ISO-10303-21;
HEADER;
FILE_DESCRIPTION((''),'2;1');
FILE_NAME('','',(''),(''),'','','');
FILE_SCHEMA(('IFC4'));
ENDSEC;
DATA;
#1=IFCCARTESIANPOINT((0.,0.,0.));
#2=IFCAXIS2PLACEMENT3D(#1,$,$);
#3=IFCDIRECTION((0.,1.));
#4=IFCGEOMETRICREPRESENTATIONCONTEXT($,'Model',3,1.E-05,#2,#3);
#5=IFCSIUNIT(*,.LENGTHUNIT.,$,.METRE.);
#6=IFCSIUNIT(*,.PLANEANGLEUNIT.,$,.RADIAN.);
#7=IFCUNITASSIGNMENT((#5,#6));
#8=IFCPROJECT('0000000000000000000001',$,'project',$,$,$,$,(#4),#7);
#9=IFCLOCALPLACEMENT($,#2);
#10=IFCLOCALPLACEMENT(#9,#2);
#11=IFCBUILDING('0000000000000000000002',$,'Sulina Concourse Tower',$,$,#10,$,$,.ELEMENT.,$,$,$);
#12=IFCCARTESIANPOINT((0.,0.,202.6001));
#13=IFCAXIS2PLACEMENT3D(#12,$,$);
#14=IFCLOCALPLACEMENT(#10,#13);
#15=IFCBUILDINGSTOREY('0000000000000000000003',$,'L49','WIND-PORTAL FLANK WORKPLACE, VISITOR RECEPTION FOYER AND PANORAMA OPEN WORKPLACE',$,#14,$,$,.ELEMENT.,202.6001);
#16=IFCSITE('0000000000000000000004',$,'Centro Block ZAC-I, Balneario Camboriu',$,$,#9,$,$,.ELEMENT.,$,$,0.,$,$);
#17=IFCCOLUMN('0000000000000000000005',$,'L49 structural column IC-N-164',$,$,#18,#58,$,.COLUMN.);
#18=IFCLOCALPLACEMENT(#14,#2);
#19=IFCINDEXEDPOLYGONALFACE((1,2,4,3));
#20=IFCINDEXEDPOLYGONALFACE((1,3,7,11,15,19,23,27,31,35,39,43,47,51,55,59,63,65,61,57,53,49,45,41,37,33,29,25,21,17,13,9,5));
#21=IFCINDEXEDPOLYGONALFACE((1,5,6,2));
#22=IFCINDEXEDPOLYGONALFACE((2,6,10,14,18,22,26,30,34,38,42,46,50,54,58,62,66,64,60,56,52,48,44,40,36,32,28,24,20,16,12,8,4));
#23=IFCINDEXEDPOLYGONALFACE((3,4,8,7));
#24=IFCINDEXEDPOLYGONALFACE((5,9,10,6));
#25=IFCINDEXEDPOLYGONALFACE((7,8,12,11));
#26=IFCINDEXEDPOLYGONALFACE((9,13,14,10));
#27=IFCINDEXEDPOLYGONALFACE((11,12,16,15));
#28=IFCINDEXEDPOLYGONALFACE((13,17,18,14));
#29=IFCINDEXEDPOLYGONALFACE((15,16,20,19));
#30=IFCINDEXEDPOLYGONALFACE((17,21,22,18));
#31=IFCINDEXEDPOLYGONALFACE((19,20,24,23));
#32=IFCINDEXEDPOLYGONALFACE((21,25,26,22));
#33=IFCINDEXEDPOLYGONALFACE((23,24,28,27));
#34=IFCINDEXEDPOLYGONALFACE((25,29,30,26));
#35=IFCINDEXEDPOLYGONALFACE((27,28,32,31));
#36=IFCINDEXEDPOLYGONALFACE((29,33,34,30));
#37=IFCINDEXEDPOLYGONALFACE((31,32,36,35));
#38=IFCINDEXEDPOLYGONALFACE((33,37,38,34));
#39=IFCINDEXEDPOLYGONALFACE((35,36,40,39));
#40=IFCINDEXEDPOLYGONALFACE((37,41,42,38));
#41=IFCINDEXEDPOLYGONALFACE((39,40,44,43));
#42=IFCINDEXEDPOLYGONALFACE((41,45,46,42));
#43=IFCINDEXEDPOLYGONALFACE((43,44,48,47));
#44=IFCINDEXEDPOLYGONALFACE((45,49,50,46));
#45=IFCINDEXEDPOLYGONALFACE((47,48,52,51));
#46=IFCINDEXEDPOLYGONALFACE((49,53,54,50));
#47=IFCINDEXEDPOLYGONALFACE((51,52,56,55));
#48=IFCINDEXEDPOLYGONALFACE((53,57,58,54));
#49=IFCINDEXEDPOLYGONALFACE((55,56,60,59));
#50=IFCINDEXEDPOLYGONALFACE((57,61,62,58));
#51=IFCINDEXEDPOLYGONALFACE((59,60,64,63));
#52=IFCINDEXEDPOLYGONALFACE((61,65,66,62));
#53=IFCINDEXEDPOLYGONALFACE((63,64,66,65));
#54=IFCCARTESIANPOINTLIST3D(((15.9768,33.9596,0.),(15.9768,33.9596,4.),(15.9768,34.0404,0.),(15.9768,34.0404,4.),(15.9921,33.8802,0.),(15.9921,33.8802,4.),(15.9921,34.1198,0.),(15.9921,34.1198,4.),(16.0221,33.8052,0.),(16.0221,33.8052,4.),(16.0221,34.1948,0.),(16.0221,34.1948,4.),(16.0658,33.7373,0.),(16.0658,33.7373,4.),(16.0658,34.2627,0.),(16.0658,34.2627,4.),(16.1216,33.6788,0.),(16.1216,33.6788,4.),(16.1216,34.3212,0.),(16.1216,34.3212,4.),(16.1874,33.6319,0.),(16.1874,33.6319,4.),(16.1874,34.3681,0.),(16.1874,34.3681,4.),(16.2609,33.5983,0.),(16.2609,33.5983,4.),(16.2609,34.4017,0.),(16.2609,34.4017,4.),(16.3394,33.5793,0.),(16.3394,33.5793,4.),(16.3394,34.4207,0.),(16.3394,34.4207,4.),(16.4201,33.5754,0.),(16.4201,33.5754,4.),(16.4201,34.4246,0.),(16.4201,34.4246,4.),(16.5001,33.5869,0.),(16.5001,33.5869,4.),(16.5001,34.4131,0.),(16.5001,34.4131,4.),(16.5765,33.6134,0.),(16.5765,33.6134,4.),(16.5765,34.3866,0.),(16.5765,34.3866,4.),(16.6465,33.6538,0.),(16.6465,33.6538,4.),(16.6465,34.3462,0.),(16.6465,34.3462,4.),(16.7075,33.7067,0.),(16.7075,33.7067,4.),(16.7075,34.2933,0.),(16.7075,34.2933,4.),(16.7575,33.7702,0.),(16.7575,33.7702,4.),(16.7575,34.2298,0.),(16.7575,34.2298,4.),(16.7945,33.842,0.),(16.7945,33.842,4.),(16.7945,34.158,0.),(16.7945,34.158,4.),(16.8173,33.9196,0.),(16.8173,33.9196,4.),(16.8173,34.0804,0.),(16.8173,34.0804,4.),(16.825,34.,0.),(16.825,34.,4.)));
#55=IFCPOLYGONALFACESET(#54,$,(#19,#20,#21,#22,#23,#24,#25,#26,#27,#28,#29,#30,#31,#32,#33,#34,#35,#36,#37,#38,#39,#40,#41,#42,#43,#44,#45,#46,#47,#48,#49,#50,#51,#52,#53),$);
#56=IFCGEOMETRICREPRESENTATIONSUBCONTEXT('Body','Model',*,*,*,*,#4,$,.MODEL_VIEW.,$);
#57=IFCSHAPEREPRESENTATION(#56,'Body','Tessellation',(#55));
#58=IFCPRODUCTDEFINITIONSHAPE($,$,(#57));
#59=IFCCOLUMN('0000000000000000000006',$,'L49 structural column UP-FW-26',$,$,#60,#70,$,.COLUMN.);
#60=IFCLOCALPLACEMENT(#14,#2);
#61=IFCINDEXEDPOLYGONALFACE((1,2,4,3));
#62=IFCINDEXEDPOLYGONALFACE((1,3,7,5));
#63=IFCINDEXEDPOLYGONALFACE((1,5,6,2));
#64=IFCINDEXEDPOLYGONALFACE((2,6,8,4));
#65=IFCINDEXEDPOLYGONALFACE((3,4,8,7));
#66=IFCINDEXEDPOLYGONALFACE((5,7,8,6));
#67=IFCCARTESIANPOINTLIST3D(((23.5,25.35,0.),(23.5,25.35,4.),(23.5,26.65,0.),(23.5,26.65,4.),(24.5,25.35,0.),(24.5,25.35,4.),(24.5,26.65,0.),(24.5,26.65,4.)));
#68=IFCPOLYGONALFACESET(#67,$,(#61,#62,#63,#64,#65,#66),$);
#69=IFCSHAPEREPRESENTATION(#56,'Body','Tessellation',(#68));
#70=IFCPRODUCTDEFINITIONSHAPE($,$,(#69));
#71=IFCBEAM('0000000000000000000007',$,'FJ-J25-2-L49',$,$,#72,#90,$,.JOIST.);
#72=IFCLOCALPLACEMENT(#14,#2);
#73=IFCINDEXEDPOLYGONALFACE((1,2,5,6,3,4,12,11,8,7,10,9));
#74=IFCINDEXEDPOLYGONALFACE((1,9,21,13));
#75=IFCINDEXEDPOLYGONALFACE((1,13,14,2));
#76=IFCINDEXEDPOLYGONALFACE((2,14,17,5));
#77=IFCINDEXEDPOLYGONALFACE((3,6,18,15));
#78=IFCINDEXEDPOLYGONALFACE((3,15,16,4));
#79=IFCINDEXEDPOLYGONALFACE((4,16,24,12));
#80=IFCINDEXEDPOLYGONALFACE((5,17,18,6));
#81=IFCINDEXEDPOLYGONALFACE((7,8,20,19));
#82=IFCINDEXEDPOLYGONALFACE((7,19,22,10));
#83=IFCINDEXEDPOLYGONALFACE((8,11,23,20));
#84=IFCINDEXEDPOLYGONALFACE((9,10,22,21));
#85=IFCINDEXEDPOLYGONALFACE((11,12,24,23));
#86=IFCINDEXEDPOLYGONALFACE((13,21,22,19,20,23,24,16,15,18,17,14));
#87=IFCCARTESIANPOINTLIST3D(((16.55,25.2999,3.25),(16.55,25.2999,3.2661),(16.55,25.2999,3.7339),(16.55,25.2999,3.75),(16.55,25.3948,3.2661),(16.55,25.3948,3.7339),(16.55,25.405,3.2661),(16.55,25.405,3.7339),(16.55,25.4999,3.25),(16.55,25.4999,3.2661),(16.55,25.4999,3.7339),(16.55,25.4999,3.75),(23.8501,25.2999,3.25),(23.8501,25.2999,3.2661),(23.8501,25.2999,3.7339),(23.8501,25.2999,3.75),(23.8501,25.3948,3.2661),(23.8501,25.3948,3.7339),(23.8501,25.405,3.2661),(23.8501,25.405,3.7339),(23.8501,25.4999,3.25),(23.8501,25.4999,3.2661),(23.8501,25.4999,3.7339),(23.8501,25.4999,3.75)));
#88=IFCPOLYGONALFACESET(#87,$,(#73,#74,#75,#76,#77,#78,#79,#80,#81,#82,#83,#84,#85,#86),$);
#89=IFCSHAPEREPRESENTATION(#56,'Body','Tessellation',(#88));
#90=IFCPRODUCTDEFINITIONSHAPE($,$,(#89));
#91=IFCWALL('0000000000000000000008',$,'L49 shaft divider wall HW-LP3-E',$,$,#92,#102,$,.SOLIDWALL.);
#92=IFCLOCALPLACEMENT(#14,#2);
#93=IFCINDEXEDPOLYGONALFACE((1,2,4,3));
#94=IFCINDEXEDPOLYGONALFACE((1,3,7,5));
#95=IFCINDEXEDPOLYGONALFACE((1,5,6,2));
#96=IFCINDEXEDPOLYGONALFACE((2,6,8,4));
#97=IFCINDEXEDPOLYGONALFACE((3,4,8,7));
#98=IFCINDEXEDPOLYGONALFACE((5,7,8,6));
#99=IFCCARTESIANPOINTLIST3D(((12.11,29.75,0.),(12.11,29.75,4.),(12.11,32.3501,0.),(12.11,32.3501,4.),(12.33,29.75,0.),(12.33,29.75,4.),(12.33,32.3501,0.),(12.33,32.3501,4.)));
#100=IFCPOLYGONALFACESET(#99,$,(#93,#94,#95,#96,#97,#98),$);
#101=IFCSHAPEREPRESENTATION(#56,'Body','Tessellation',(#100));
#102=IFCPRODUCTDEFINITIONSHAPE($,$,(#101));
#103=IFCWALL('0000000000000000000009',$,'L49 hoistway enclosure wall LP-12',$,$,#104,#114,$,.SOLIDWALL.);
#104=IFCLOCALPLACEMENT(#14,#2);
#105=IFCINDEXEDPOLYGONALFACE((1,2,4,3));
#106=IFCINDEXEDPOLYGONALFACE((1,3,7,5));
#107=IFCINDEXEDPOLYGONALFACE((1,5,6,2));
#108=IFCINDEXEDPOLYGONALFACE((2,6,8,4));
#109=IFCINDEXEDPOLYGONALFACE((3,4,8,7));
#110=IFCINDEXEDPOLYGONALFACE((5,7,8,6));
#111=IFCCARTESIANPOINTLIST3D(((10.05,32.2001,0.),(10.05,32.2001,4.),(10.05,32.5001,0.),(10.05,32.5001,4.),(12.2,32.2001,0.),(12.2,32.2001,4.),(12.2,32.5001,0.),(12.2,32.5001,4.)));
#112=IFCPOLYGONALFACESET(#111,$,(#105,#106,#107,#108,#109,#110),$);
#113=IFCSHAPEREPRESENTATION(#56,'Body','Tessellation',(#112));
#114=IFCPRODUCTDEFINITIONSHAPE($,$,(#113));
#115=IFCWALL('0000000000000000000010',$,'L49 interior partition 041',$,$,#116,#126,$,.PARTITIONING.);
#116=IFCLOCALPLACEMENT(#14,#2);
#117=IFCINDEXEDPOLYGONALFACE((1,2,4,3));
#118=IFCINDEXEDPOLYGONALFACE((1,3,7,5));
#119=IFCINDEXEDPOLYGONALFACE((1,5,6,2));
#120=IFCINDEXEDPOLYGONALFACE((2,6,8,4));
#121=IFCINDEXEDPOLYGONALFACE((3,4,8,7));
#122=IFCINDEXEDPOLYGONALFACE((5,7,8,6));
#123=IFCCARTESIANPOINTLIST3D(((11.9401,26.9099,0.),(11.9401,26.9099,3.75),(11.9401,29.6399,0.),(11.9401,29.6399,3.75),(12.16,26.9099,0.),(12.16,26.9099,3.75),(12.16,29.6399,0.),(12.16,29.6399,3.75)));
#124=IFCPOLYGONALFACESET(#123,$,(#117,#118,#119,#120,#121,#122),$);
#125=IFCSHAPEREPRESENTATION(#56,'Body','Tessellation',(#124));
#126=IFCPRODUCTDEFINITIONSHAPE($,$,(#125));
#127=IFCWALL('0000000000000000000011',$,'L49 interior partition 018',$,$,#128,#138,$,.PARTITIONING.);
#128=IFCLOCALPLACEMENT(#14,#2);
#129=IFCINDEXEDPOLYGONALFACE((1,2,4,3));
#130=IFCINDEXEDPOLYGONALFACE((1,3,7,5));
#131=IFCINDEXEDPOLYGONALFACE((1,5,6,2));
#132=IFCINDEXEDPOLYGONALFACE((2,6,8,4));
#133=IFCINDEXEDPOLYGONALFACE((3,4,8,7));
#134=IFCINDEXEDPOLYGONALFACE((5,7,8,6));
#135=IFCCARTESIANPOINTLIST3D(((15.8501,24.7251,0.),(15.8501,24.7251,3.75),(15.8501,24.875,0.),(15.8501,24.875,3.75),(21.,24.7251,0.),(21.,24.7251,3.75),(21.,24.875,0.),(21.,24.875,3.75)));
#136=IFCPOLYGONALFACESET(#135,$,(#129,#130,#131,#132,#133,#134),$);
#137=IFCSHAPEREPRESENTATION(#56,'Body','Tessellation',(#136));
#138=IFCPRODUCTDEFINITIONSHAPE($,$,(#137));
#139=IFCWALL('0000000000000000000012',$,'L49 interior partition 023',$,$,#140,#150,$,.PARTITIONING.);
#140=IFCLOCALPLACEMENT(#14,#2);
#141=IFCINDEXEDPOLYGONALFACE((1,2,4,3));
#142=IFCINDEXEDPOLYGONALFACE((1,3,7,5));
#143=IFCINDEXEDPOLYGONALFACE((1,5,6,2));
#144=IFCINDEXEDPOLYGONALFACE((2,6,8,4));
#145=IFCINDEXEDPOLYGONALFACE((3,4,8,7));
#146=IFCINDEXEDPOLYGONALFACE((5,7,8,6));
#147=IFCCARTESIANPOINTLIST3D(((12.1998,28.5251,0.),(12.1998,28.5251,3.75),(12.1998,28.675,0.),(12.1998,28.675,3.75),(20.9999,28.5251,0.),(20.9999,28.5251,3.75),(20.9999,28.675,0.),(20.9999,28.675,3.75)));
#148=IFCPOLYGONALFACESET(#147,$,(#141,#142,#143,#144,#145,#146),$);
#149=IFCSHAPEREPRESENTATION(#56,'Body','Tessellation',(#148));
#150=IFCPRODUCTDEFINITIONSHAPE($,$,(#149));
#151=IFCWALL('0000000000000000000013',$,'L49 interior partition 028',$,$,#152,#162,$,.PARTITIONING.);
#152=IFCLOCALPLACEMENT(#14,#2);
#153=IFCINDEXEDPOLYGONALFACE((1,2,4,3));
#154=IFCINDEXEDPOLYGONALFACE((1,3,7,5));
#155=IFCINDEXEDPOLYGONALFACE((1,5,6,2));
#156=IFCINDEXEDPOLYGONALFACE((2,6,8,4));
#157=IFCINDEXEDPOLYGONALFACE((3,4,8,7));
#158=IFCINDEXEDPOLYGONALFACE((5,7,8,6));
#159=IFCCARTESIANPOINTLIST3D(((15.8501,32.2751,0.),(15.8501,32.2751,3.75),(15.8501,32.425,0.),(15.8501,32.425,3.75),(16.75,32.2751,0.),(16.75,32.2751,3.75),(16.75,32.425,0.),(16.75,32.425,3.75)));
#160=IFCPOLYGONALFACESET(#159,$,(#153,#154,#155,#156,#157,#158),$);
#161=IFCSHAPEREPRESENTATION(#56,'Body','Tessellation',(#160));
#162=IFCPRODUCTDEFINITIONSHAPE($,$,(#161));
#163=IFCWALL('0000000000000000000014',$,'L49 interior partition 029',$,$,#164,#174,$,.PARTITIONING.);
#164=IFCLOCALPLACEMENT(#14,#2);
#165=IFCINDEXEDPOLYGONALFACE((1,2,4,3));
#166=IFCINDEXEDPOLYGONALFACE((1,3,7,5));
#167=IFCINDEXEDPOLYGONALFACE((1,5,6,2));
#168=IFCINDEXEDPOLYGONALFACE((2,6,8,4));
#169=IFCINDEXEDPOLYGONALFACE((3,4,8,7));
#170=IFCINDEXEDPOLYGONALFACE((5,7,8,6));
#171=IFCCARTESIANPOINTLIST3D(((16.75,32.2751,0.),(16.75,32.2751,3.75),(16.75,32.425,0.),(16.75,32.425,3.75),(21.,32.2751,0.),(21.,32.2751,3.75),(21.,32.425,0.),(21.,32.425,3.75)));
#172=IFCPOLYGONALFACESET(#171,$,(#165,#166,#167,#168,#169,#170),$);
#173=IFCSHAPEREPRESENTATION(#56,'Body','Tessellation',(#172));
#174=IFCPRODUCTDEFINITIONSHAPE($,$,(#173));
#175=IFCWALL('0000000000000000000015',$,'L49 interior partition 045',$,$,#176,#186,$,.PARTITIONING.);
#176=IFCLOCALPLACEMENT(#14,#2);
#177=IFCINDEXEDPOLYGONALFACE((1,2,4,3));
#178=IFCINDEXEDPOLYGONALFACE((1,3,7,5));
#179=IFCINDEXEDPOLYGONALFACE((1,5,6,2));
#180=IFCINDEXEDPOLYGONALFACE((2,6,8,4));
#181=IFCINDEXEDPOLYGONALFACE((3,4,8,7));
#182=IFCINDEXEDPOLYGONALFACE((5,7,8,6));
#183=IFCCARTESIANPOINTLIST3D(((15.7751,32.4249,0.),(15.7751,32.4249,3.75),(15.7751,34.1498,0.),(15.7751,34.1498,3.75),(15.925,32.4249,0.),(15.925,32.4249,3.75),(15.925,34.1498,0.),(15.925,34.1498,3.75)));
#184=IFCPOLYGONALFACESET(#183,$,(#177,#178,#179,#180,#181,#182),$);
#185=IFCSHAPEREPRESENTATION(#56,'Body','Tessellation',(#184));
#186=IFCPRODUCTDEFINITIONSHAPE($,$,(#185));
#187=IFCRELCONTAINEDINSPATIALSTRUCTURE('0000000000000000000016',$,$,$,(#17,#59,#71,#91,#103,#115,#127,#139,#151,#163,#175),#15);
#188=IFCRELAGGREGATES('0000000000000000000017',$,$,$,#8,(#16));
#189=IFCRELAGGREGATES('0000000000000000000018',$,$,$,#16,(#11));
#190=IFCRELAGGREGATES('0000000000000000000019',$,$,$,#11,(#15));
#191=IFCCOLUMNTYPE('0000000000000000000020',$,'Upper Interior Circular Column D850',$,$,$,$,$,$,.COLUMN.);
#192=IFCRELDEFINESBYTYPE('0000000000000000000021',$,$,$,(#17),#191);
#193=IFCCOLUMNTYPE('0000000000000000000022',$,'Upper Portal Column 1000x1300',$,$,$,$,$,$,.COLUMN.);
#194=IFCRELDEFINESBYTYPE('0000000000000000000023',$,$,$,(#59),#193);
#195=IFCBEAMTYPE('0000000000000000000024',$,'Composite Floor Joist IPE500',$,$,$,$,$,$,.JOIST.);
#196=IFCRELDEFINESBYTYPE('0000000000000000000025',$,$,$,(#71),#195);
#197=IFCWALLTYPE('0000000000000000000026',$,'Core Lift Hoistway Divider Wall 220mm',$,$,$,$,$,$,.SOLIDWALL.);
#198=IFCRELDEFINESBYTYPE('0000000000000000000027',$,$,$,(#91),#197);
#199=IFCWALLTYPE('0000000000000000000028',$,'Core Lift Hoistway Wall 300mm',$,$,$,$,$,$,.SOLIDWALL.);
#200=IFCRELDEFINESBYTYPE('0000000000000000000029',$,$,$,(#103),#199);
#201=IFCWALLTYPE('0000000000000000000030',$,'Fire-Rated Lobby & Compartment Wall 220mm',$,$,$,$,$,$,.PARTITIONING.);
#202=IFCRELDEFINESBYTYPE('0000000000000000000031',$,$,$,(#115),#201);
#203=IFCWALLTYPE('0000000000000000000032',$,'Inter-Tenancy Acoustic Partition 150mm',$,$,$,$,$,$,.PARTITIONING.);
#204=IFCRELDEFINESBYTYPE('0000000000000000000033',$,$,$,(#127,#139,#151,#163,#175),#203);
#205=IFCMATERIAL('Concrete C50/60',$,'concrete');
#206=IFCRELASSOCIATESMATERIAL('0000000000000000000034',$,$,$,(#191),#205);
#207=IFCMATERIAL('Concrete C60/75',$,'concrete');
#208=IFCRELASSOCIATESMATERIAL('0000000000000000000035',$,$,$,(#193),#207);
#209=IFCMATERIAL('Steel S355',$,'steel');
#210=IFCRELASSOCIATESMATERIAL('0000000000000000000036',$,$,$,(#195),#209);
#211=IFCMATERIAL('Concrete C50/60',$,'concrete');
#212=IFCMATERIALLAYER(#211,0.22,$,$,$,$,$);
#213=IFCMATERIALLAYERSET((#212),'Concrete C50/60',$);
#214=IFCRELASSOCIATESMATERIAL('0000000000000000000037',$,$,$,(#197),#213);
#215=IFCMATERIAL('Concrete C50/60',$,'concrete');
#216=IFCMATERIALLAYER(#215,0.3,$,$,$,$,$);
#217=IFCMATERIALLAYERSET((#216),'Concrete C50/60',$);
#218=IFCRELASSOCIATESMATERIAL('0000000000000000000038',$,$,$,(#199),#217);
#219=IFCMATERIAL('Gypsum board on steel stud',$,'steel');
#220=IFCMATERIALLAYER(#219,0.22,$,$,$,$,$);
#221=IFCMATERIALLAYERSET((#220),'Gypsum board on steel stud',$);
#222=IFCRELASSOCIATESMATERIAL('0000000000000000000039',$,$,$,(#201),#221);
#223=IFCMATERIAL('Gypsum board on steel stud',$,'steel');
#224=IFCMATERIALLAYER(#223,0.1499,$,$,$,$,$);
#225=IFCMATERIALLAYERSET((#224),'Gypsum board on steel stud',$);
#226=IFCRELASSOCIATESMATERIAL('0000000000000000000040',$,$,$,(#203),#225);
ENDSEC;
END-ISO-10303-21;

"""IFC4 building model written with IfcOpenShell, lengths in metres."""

from ifc_helpers import new_model, si_unit, direction, frame, frame_2d, origin, origin_2d, place, context, subcontext, project, spatial, rectangle, circle, i_section, extrude, material, layer, layer_set, material_profile, profile_set, type_object, element, save


model = new_model("IFC4")

# Units and contexts
model_context = context("Model", 3, precision=1e-05, world=origin(), true_north=direction((0.0, 1.0)))
body_context = subcontext(model_context, "Body", "Model", "MODEL_VIEW")
ifc_project = project(units=[si_unit("LENGTHUNIT", "METRE"), si_unit("PLANEANGLEUNIT", "RADIAN")], contexts=[model_context])

# Site, building, storey
site_placement = place(None, origin())
site = spatial("IfcSite", under=ifc_project, at=site_placement, Name="Centro Block ZAC-I, Balneario Camboriu", CompositionType="ELEMENT", RefElevation=0.0)
building_placement = place(site_placement, origin())
building = spatial("IfcBuilding", under=site, at=building_placement, Name="Sulina Concourse Tower", CompositionType="ELEMENT")
storey_placement = place(building_placement, frame((0.0, 0.0, 202.6001)))
storey = spatial("IfcBuildingStorey", under=building, at=storey_placement, Name="L49", Description="WIND-PORTAL FLANK WORKPLACE, VISITOR RECEPTION FOYER AND PANORAMA OPEN WORKPLACE", CompositionType="ELEMENT", Elevation=202.6001)

# Columns
ifc_material_1 = material(Name="Concrete C50/60", Category="concrete")
ifc_material_profile_1 = material_profile(ifc_material_1, circle(Radius=0.425, at=origin_2d()), Name="RC D850")
ifc_profile_set_1 = profile_set([ifc_material_profile_1], Name="Concrete C50/60")
column_type_1 = type_object("IfcColumnType", Name="Upper Interior Circular Column D850", PredefinedType="COLUMN", material=ifc_profile_set_1)
column_1_placement = place(storey_placement, frame((16.3999, 34.0, 0.0), z_axis=(0.0, 0.0, 1.0), x_axis=(1.0, 0.0, 0.0)))
element("IfcColumn", 1, at=column_1_placement, inside=storey, type_object=column_type_1, Name="L49 structural column IC-N-164", PredefinedType="COLUMN", context=body_context, shape_type="SweptSolid", body=[
    extrude(circle(Radius=0.425, at=origin_2d()), origin(), (0.0, 0.0, 1.0), 4.0),
])
ifc_material_2 = material(Name="Concrete C60/75", Category="concrete")
ifc_material_profile_2 = material_profile(ifc_material_2, rectangle(XDim=1.0, YDim=1.3, at=origin_2d()), Name="RC 1000x1300")
ifc_profile_set_2 = profile_set([ifc_material_profile_2], Name="Concrete C60/75")
column_type_2 = type_object("IfcColumnType", Name="Upper Portal Column 1000x1300", PredefinedType="COLUMN", material=ifc_profile_set_2)
column_2_placement = place(storey_placement, frame((24.0, 26.0, 0.0), z_axis=(0.0, 0.0, 1.0), x_axis=(1.0, 0.0, 0.0)))
element("IfcColumn", 2, at=column_2_placement, inside=storey, type_object=column_type_2, Name="L49 structural column UP-FW-26", PredefinedType="COLUMN", context=body_context, shape_type="SweptSolid", body=[
    extrude(rectangle(XDim=1.0, YDim=1.3, at=origin_2d()), origin(), (0.0, 0.0, 1.0), 4.0),
])

# Beam
ifc_material_3 = material(Name="Steel S355", Category="steel")
ifc_material_profile_3 = material_profile(ifc_material_3, i_section(OverallWidth=0.2, OverallDepth=0.5, WebThickness=0.0103, FlangeThickness=0.0161, at=origin_2d()), Name="IPE 500")
ifc_profile_set_3 = profile_set([ifc_material_profile_3], Name="Steel S355")
beam_type = type_object("IfcBeamType", Name="Composite Floor Joist IPE500", PredefinedType="JOIST", material=ifc_profile_set_3)
beam_placement = place(storey_placement, frame((16.55, 25.3999, 3.5), z_axis=(1.0, 0.0, 0.0), x_axis=(0.0, 1.0, 0.0)))
element("IfcBeam", 3, at=beam_placement, inside=storey, type_object=beam_type, Name="FJ-J25-2-L49", PredefinedType="JOIST", context=body_context, shape_type="SweptSolid", body=[
    extrude(i_section(OverallWidth=0.2, OverallDepth=0.5, WebThickness=0.0103, FlangeThickness=0.0161, at=origin_2d()), origin(), (0.0, 0.0, 1.0), 7.3),
])

# Walls
ifc_material_4 = material(Name="Concrete C50/60", Category="concrete")
ifc_layer_1 = layer(ifc_material_4, 0.22)
ifc_layer_set_1 = layer_set([ifc_layer_1], Name="Concrete C50/60")
wall_type_1 = type_object("IfcWallType", Name="Core Lift Hoistway Divider Wall 220mm", PredefinedType="SOLIDWALL", material=ifc_layer_set_1)
wall_1_placement = place(storey_placement, frame((12.22, 29.75, 0.0), z_axis=(0.0, 0.0, 1.0), x_axis=(0.0, 1.0, 0.0)))
element("IfcWall", 4, at=wall_1_placement, inside=storey, type_object=wall_type_1, Name="L49 shaft divider wall HW-LP3-E", PredefinedType="SOLIDWALL", context=body_context, shape_type="SweptSolid", body=[
    extrude(rectangle(XDim=2.6001, YDim=0.22, at=frame_2d((1.3, 0.0))), origin(), (0.0, 0.0, 1.0), 4.0),
])
ifc_material_5 = material(Name="Concrete C50/60", Category="concrete")
ifc_layer_2 = layer(ifc_material_5, 0.3)
ifc_layer_set_2 = layer_set([ifc_layer_2], Name="Concrete C50/60")
wall_type_2 = type_object("IfcWallType", Name="Core Lift Hoistway Wall 300mm", PredefinedType="SOLIDWALL", material=ifc_layer_set_2)
wall_2_placement = place(storey_placement, frame((10.05, 32.3501, 0.0), z_axis=(0.0, 0.0, 1.0), x_axis=(1.0, 0.0, 0.0)))
element("IfcWall", 5, at=wall_2_placement, inside=storey, type_object=wall_type_2, Name="L49 hoistway enclosure wall LP-12", PredefinedType="SOLIDWALL", context=body_context, shape_type="SweptSolid", body=[
    extrude(rectangle(XDim=2.1499, YDim=0.3, at=frame_2d((1.075, 0.0))), origin(), (0.0, 0.0, 1.0), 4.0),
])
ifc_material_6 = material(Name="Gypsum board on steel stud", Category="steel")
ifc_layer_3 = layer(ifc_material_6, 0.22)
ifc_layer_set_3 = layer_set([ifc_layer_3], Name="Gypsum board on steel stud")
wall_type_3 = type_object("IfcWallType", Name="Fire-Rated Lobby & Compartment Wall 220mm", PredefinedType="PARTITIONING", material=ifc_layer_set_3)
wall_3_placement = place(storey_placement, frame((12.05, 26.9099, 0.0), z_axis=(0.0, 0.0, 1.0), x_axis=(0.0, 1.0, 0.0)))
element("IfcWall", 6, at=wall_3_placement, inside=storey, type_object=wall_type_3, Name="L49 interior partition 041", PredefinedType="PARTITIONING", context=body_context, shape_type="SweptSolid", body=[
    extrude(rectangle(XDim=2.73, YDim=0.22, at=frame_2d((1.365, 0.0))), origin(), (0.0, 0.0, 1.0), 3.75),
])
ifc_material_7 = material(Name="Gypsum board on steel stud", Category="steel")
ifc_layer_4 = layer(ifc_material_7, 0.1499)
ifc_layer_set_4 = layer_set([ifc_layer_4], Name="Gypsum board on steel stud")
wall_type_4 = type_object("IfcWallType", Name="Inter-Tenancy Acoustic Partition 150mm", PredefinedType="PARTITIONING", material=ifc_layer_set_4)
wall_4_placement = place(storey_placement, frame((15.8501, 24.8, 0.0), z_axis=(0.0, 0.0, 1.0), x_axis=(1.0, 0.0, 0.0)))
element("IfcWall", 7, at=wall_4_placement, inside=storey, type_object=wall_type_4, Name="L49 interior partition 018", PredefinedType="PARTITIONING", context=body_context, shape_type="SweptSolid", body=[
    extrude(rectangle(XDim=5.1499, YDim=0.1499, at=frame_2d((2.575, 0.0))), origin(), (0.0, 0.0, 1.0), 3.75),
])
wall_5_placement = place(storey_placement, frame((12.2, 28.6001, 0.0), z_axis=(0.0, 0.0, 1.0), x_axis=(1.0, 0.0, 0.0)))
element("IfcWall", 8, at=wall_5_placement, inside=storey, type_object=wall_type_4, Name="L49 interior partition 023", PredefinedType="PARTITIONING", context=body_context, shape_type="SweptSolid", body=[
    extrude(rectangle(XDim=8.8, YDim=0.1499, at=frame_2d((4.3999, 0.0))), origin(), (0.0, 0.0, 1.0), 3.75),
])

# Walls
wall_6_placement = place(storey_placement, frame((15.8501, 32.3501, 0.0), z_axis=(0.0, 0.0, 1.0), x_axis=(1.0, 0.0, 0.0)))
element("IfcWall", 9, at=wall_6_placement, inside=storey, type_object=wall_type_4, Name="L49 interior partition 028", PredefinedType="PARTITIONING", context=body_context, shape_type="SweptSolid", body=[
    extrude(rectangle(XDim=0.8999, YDim=0.1499, at=frame_2d((0.45, 0.0))), origin(), (0.0, 0.0, 1.0), 3.75),
])
wall_7_placement = place(storey_placement, frame((16.75, 32.3501, 0.0), z_axis=(0.0, 0.0, 1.0), x_axis=(1.0, 0.0, 0.0)))
element("IfcWall", 10, at=wall_7_placement, inside=storey, type_object=wall_type_4, Name="L49 interior partition 029", PredefinedType="PARTITIONING", context=body_context, shape_type="SweptSolid", body=[
    extrude(rectangle(XDim=4.25, YDim=0.1499, at=frame_2d((2.125, 0.0))), origin(), (0.0, 0.0, 1.0), 3.75),
])

# Wall
wall_8_placement = place(storey_placement, frame((15.8501, 32.425, 0.0), z_axis=(0.0, 0.0, 1.0), x_axis=(0.0, 1.0, 0.0)))
element("IfcWall", 11, at=wall_8_placement, inside=storey, type_object=wall_type_4, Name="L49 interior partition 045", PredefinedType="PARTITIONING", context=body_context, shape_type="SweptSolid", body=[
    extrude(rectangle(XDim=1.7249, YDim=0.1499, at=frame_2d((0.8623, 0.0))), origin(), (0.0, 0.0, 1.0), 3.75),
])

save(model, "model.ifc")
